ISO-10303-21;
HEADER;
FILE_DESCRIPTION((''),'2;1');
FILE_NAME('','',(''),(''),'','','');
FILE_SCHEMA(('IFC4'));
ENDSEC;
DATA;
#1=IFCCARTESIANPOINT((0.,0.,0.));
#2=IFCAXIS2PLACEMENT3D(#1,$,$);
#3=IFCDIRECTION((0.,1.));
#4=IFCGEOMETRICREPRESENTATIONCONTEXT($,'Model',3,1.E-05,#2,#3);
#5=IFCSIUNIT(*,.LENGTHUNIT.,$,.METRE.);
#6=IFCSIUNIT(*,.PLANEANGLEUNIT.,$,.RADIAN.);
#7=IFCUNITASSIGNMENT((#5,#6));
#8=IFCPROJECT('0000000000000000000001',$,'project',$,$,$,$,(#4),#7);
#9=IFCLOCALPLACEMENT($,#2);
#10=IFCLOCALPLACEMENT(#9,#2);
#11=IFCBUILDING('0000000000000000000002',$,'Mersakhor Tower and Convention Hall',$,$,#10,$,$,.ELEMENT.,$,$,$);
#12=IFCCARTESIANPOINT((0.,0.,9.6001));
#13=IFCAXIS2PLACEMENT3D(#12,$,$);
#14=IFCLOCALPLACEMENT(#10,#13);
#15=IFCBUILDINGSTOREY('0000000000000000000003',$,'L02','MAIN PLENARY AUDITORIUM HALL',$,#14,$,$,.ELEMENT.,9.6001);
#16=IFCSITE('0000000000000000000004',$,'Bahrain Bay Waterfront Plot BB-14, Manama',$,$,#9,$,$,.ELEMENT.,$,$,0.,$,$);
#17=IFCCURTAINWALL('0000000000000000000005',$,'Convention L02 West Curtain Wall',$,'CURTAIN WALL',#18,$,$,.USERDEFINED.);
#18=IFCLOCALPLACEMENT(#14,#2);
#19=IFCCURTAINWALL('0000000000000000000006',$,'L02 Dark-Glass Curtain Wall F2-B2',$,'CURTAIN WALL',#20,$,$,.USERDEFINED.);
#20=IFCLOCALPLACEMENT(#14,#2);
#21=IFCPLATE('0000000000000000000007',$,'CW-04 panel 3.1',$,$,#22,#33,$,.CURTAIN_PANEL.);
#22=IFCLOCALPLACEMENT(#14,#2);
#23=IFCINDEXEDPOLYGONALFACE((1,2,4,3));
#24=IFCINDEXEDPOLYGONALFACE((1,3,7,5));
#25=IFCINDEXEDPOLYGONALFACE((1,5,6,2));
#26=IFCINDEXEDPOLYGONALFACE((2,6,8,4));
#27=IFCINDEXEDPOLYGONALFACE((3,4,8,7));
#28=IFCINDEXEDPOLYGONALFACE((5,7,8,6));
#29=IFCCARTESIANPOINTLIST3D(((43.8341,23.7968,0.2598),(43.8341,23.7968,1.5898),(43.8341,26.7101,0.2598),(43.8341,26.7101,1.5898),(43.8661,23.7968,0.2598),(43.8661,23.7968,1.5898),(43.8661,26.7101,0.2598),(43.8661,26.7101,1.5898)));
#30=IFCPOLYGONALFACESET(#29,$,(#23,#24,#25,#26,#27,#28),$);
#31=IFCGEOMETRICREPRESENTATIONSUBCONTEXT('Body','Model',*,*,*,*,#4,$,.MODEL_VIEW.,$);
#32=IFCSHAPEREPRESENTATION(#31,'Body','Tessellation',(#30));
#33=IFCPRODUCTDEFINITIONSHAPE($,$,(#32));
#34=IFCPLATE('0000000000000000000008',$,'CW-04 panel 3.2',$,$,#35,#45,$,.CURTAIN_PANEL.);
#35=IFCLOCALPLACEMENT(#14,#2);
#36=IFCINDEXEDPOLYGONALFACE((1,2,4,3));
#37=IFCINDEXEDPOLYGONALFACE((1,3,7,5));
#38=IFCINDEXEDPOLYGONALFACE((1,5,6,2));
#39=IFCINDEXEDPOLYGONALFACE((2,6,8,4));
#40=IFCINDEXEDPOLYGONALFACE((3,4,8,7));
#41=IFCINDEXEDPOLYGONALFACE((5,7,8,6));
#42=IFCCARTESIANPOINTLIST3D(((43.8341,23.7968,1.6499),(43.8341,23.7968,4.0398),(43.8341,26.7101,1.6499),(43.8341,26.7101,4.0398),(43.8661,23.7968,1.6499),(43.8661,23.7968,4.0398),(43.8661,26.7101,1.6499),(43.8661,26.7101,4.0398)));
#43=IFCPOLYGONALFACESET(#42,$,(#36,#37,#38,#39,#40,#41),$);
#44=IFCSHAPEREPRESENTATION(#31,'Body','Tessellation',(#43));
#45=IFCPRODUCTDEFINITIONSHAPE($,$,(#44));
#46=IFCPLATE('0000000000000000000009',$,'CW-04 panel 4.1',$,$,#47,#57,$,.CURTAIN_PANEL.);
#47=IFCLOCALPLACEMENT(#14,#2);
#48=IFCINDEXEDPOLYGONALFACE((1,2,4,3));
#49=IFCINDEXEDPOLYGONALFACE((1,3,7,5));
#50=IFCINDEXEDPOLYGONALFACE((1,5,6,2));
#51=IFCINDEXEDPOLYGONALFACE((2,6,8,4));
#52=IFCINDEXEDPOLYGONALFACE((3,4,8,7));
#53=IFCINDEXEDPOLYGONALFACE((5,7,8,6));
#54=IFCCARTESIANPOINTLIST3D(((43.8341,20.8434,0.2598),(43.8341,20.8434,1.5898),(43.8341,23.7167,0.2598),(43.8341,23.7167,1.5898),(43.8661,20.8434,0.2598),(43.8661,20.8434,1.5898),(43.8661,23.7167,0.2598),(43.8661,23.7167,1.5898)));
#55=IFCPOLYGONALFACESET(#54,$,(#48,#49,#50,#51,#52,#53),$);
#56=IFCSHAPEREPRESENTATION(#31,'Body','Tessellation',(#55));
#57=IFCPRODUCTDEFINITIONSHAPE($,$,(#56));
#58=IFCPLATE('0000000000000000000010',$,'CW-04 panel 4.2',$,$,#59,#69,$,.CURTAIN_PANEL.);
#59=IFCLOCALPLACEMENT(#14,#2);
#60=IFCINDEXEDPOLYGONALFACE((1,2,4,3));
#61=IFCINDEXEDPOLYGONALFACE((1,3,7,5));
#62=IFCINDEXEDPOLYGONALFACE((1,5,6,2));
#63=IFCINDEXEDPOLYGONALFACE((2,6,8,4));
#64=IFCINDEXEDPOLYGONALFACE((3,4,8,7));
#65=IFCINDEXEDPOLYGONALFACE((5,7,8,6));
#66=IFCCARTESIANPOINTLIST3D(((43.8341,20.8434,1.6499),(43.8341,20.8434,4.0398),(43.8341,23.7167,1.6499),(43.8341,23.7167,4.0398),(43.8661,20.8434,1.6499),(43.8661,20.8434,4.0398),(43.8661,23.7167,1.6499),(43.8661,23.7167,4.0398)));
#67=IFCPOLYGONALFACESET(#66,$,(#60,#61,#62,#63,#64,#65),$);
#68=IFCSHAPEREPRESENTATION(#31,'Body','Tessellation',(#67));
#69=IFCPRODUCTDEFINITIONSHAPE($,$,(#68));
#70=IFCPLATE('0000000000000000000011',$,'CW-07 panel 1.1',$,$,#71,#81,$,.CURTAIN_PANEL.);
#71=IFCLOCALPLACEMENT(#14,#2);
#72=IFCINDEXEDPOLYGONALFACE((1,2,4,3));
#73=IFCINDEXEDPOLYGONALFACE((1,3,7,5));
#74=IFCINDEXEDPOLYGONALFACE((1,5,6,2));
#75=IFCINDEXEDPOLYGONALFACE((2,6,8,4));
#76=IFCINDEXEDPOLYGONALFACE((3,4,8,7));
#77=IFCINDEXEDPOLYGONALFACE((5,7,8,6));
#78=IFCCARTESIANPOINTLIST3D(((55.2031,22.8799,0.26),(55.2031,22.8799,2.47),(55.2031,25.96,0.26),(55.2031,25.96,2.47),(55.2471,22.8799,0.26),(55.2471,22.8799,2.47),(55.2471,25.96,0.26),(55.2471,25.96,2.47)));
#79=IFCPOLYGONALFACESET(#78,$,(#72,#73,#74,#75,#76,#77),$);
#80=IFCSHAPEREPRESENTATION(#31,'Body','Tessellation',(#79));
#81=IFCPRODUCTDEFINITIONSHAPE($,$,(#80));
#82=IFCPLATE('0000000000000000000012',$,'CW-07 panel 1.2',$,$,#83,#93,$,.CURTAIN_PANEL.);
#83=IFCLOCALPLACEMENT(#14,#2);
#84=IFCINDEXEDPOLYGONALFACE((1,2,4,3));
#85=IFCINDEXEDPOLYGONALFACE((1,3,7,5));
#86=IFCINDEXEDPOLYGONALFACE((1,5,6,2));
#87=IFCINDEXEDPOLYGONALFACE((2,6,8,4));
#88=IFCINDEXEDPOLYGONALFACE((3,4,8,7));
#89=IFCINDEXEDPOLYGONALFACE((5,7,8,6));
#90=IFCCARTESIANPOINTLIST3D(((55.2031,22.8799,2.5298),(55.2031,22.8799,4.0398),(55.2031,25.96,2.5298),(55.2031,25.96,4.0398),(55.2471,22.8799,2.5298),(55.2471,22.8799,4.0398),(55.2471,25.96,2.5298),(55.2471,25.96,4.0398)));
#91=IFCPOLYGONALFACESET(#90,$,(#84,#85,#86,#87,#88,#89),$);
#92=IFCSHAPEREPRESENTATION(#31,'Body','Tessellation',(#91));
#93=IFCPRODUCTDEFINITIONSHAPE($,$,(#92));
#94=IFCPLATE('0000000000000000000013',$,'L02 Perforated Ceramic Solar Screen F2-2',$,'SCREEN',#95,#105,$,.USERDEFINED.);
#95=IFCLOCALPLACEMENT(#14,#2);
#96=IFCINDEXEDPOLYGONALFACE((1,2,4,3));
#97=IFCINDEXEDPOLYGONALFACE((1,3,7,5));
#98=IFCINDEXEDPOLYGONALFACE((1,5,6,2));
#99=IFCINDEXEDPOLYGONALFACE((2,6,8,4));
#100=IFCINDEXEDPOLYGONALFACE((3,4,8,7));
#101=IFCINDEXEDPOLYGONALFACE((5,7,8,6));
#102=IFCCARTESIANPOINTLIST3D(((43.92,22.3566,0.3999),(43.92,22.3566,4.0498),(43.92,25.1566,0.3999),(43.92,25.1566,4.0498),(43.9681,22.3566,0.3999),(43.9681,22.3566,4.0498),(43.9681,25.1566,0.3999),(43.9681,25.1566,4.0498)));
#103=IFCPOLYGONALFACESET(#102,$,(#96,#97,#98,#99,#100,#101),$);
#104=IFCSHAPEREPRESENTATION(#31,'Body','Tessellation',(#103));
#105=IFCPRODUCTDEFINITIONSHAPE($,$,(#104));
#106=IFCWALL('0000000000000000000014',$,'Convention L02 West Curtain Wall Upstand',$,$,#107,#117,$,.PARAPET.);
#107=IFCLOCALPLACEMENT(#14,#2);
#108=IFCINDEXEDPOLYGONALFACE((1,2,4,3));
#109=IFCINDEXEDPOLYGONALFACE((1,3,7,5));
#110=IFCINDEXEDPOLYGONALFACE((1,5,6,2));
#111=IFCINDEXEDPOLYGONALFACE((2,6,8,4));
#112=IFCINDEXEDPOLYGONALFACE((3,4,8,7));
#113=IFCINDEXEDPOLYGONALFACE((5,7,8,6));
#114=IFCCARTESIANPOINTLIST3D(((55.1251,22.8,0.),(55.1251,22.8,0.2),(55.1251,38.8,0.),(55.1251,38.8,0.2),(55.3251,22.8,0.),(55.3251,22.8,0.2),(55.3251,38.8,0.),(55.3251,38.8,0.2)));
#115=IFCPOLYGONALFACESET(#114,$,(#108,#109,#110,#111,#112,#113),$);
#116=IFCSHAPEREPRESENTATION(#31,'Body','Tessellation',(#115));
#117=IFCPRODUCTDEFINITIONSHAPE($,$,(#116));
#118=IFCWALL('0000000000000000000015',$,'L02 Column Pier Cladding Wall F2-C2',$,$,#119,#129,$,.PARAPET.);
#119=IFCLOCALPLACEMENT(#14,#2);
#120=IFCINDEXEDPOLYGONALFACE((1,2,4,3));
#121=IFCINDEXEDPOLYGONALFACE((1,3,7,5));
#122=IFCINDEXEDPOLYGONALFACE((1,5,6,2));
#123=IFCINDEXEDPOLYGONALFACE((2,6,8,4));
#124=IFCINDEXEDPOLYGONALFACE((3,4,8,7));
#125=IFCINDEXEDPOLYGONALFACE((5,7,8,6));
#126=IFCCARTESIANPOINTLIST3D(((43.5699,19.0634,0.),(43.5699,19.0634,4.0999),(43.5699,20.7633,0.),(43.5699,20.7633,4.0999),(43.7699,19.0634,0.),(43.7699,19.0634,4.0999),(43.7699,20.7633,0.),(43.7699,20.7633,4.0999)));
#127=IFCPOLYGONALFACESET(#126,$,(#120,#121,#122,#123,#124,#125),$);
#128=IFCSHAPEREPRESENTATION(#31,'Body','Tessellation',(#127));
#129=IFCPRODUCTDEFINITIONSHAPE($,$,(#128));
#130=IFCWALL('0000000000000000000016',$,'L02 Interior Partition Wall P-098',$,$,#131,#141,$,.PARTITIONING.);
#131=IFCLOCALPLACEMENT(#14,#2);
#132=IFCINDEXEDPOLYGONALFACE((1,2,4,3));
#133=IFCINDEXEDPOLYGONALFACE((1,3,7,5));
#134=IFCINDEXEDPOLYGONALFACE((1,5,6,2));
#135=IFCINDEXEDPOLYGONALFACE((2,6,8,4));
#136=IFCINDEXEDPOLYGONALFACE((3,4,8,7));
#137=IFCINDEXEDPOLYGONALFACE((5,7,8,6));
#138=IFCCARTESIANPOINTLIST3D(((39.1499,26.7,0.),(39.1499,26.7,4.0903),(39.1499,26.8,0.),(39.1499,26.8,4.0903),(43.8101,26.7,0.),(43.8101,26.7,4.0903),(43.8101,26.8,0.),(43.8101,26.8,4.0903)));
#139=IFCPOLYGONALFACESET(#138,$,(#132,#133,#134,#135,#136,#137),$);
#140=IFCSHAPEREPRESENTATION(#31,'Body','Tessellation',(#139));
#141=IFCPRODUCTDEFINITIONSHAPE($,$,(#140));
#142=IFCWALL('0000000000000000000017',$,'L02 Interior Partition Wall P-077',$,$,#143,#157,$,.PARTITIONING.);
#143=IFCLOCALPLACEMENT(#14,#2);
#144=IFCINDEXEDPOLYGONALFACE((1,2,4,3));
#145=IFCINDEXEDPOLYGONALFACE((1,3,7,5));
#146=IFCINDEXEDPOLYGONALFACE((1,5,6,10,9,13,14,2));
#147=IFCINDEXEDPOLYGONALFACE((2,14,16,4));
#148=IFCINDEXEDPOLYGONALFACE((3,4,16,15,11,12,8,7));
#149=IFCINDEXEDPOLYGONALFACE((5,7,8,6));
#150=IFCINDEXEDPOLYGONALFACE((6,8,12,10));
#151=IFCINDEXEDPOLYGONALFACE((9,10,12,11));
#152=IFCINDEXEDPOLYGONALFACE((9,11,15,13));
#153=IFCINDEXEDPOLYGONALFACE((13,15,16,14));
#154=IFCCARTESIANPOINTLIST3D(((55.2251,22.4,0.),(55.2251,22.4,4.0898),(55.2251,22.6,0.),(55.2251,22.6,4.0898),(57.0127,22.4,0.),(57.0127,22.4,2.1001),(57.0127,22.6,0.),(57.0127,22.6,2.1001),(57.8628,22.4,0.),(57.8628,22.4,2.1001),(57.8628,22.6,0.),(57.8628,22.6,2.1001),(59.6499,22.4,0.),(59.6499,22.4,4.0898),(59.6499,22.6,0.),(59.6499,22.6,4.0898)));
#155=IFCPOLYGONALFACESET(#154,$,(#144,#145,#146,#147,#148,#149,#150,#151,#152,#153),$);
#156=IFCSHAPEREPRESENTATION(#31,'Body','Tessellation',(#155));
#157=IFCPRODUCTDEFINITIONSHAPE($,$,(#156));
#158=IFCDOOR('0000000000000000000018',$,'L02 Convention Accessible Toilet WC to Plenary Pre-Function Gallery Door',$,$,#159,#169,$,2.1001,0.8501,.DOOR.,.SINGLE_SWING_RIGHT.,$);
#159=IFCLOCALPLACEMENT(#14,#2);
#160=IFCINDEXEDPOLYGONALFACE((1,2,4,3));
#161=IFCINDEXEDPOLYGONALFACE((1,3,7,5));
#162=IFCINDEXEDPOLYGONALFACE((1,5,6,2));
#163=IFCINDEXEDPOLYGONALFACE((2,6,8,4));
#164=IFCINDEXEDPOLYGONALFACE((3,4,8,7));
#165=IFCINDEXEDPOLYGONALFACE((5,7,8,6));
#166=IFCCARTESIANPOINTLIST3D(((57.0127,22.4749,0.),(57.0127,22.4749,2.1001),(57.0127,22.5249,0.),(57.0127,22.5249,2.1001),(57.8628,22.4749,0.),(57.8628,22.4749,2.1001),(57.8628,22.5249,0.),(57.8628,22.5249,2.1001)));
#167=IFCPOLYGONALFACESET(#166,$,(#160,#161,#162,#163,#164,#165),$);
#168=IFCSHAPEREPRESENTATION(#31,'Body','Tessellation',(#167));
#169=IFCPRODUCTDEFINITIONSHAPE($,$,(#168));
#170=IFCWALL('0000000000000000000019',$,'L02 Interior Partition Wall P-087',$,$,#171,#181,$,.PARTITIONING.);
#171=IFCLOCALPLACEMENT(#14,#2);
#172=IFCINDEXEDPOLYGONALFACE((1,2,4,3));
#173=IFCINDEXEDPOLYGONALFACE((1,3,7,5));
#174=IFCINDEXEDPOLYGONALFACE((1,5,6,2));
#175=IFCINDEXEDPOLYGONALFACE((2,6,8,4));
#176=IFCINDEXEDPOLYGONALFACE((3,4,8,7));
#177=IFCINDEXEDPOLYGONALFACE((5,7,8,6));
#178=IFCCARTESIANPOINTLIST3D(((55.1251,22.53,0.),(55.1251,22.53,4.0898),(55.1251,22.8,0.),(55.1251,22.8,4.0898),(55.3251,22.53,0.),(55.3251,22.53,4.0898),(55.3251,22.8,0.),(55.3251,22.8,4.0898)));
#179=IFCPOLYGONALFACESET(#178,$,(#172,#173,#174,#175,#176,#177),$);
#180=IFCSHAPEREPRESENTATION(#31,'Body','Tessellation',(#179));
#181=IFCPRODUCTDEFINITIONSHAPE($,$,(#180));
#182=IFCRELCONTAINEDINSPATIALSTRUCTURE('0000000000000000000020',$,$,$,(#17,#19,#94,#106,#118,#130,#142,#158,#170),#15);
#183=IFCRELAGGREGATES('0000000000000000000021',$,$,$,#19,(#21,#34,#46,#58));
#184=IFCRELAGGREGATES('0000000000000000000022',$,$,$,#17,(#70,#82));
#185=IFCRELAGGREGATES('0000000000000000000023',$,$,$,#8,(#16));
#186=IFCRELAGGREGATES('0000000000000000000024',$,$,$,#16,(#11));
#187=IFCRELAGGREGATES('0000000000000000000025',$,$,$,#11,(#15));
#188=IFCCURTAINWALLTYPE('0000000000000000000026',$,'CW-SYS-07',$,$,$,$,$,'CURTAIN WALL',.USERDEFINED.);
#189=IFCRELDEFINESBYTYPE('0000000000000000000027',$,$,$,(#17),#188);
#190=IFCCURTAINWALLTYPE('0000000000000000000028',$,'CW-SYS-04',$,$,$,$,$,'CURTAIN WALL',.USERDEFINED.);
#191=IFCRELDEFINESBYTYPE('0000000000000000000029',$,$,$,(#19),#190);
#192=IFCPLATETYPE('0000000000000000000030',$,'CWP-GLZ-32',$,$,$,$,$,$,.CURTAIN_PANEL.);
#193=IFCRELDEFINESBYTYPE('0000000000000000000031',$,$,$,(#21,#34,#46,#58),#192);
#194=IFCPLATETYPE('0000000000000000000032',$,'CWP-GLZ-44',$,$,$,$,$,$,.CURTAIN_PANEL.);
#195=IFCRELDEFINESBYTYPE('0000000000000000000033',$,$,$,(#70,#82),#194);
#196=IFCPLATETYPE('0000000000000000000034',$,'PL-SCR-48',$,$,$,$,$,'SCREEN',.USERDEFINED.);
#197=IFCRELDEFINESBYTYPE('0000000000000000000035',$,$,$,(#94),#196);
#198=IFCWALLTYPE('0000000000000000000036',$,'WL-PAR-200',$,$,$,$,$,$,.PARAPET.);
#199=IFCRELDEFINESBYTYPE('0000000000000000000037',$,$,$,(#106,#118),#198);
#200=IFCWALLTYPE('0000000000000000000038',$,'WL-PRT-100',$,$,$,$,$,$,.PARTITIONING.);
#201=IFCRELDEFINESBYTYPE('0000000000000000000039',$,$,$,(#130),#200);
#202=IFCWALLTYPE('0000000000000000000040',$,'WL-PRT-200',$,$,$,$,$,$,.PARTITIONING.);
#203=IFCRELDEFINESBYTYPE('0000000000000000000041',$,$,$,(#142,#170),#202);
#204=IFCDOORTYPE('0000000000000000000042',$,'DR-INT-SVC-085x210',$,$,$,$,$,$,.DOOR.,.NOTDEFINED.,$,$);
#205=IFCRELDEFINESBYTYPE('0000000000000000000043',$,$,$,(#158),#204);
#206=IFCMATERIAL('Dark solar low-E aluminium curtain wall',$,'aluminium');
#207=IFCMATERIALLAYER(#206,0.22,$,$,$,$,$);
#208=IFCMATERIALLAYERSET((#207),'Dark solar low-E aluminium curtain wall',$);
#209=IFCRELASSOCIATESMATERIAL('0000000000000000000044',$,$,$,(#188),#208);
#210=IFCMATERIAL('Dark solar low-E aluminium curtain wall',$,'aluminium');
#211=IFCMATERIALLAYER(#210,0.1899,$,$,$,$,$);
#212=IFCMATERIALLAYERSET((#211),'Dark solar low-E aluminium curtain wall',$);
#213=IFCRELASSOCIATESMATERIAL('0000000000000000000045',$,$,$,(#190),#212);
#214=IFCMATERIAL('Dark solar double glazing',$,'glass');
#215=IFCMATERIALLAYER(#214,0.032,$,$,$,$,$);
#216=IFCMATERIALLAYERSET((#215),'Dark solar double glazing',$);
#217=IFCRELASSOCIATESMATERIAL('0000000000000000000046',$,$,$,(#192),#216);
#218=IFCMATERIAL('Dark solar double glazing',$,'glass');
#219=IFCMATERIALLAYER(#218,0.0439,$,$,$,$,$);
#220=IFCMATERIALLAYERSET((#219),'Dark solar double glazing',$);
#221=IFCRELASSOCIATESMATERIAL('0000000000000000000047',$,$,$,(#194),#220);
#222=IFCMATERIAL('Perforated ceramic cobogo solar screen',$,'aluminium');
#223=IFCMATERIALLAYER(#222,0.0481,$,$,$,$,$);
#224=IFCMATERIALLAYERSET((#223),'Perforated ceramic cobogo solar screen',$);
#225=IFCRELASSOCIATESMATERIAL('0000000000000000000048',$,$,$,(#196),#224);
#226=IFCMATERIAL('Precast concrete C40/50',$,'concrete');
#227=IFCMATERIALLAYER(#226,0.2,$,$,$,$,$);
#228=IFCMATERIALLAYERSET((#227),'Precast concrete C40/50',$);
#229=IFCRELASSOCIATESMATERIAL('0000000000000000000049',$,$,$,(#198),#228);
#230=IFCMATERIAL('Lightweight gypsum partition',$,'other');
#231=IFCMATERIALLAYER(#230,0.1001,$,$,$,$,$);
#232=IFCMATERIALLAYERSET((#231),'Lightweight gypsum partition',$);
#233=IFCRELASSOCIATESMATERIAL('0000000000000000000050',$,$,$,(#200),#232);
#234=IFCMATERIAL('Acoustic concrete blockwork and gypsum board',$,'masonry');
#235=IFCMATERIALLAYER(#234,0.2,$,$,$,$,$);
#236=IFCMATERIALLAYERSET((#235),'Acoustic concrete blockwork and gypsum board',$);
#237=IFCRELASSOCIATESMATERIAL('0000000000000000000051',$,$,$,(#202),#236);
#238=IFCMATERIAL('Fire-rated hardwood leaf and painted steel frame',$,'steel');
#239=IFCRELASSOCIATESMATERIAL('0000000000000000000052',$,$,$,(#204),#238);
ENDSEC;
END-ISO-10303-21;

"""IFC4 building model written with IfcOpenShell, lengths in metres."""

from ifc_helpers import new_model, si_unit, direction, frame, frame_2d, origin, origin_2d, place, context, subcontext, project, spatial, rectangle, extrude, material, layer, layer_set, type_object, element, fill, aggregate, save


model = new_model("IFC4")

# Units and contexts
model_context = context("Model", 3, precision=1e-05, world=origin(), true_north=direction((0.0, 1.0)))
body_context = subcontext(model_context, "Body", "Model", "MODEL_VIEW")
ifc_project = project(units=[si_unit("LENGTHUNIT", "METRE"), si_unit("PLANEANGLEUNIT", "RADIAN")], contexts=[model_context])

# Site, building, storey
site_placement = place(None, origin())
site = spatial("IfcSite", under=ifc_project, at=site_placement, Name="Bahrain Bay Waterfront Plot BB-14, Manama", CompositionType="ELEMENT", RefElevation=0.0)
building_placement = place(site_placement, origin())
building = spatial("IfcBuilding", under=site, at=building_placement, Name="Mersakhor Tower and Convention Hall", CompositionType="ELEMENT")
storey_placement = place(building_placement, frame((0.0, 0.0, 9.6001)))
storey = spatial("IfcBuildingStorey", under=building, at=storey_placement, Name="L02", Description="MAIN PLENARY AUDITORIUM HALL", CompositionType="ELEMENT", Elevation=9.6001)

# Curtain walls
ifc_material_1 = material(Name="Dark solar low-E aluminium curtain wall", Category="aluminium")
ifc_layer_1 = layer(ifc_material_1, 0.22)
ifc_layer_set_1 = layer_set([ifc_layer_1], Name="Dark solar low-E aluminium curtain wall")
curtain_wall_type_1 = type_object("IfcCurtainWallType", Name="CW-SYS-07", ElementType="CURTAIN WALL", PredefinedType="USERDEFINED", material=ifc_layer_set_1)
curtain_wall_1_placement = place(storey_placement, origin())
curtain_wall_1 = element("IfcCurtainWall", 1, at=curtain_wall_1_placement, inside=storey, type_object=curtain_wall_type_1, Name="Convention L02 West Curtain Wall", ObjectType="CURTAIN WALL", PredefinedType="USERDEFINED")
ifc_material_2 = material(Name="Dark solar low-E aluminium curtain wall", Category="aluminium")
ifc_layer_2 = layer(ifc_material_2, 0.1899)
ifc_layer_set_2 = layer_set([ifc_layer_2], Name="Dark solar low-E aluminium curtain wall")
curtain_wall_type_2 = type_object("IfcCurtainWallType", Name="CW-SYS-04", ElementType="CURTAIN WALL", PredefinedType="USERDEFINED", material=ifc_layer_set_2)
curtain_wall_2_placement = place(storey_placement, origin())
curtain_wall_2 = element("IfcCurtainWall", 2, at=curtain_wall_2_placement, inside=storey, type_object=curtain_wall_type_2, Name="L02 Dark-Glass Curtain Wall F2-B2", ObjectType="CURTAIN WALL", PredefinedType="USERDEFINED")

# Plates
ifc_material_3 = material(Name="Dark solar double glazing", Category="glass")
ifc_layer_3 = layer(ifc_material_3, 0.032)
ifc_layer_set_3 = layer_set([ifc_layer_3], Name="Dark solar double glazing")
plate_type_1 = type_object("IfcPlateType", Name="CWP-GLZ-32", PredefinedType="CURTAIN_PANEL", material=ifc_layer_set_3)
plate_1_placement = place(storey_placement, frame((43.8501, 25.2534, 0.2598), z_axis=(0.0, 0.0, 1.0), x_axis=(0.0, -1.0, 0.0)))
plate_1 = element("IfcPlate", 3, at=plate_1_placement, type_object=plate_type_1, Name="CW-04 panel 3.1", PredefinedType="CURTAIN_PANEL", context=body_context, shape_type="SweptSolid", body=[
    extrude(rectangle(XDim=2.9133, YDim=0.032, at=origin_2d()), origin(), (0.0, 0.0, 1.0), 1.3301),
])
plate_2_placement = place(storey_placement, frame((43.8501, 25.2534, 1.6499), z_axis=(0.0, 0.0, 1.0), x_axis=(0.0, -1.0, 0.0)))
plate_2 = element("IfcPlate", 4, at=plate_2_placement, type_object=plate_type_1, Name="CW-04 panel 3.2", PredefinedType="CURTAIN_PANEL", context=body_context, shape_type="SweptSolid", body=[
    extrude(rectangle(XDim=2.9133, YDim=0.032, at=origin_2d()), origin(), (0.0, 0.0, 1.0), 2.3899),
])
plate_3_placement = place(storey_placement, frame((43.8501, 22.28, 0.2598), z_axis=(0.0, 0.0, 1.0), x_axis=(0.0, -1.0, 0.0)))
plate_3 = element("IfcPlate", 5, at=plate_3_placement, type_object=plate_type_1, Name="CW-04 panel 4.1", PredefinedType="CURTAIN_PANEL", context=body_context, shape_type="SweptSolid", body=[
    extrude(rectangle(XDim=2.8733, YDim=0.032, at=origin_2d()), origin(), (0.0, 0.0, 1.0), 1.3301),
])
plate_4_placement = place(storey_placement, frame((43.8501, 22.28, 1.6499), z_axis=(0.0, 0.0, 1.0), x_axis=(0.0, -1.0, 0.0)))
plate_4 = element("IfcPlate", 6, at=plate_4_placement, type_object=plate_type_1, Name="CW-04 panel 4.2", PredefinedType="CURTAIN_PANEL", context=body_context, shape_type="SweptSolid", body=[
    extrude(rectangle(XDim=2.8733, YDim=0.032, at=origin_2d()), origin(), (0.0, 0.0, 1.0), 2.3899),
])
aggregate(curtain_wall_2, [plate_1, plate_2, plate_3, plate_4])
ifc_material_4 = material(Name="Dark solar double glazing", Category="glass")
ifc_layer_4 = layer(ifc_material_4, 0.0439)
ifc_layer_set_4 = layer_set([ifc_layer_4], Name="Dark solar double glazing")
plate_type_2 = type_object("IfcPlateType", Name="CWP-GLZ-44", PredefinedType="CURTAIN_PANEL", material=ifc_layer_set_4)
plate_5_placement = place(storey_placement, frame((55.2251, 24.4199, 0.26), z_axis=(0.0, 0.0, 1.0), x_axis=(0.0, 1.0, 0.0)))
plate_5 = element("IfcPlate", 7, at=plate_5_placement, type_object=plate_type_2, Name="CW-07 panel 1.1", PredefinedType="CURTAIN_PANEL", context=body_context, shape_type="SweptSolid", body=[
    extrude(rectangle(XDim=3.0801, YDim=0.0439, at=origin_2d()), origin(), (0.0, 0.0, 1.0), 2.21),
])
plate_6_placement = place(storey_placement, frame((55.2251, 24.4199, 2.5298), z_axis=(0.0, 0.0, 1.0), x_axis=(0.0, 1.0, 0.0)))
plate_6 = element("IfcPlate", 8, at=plate_6_placement, type_object=plate_type_2, Name="CW-07 panel 1.2", PredefinedType="CURTAIN_PANEL", context=body_context, shape_type="SweptSolid", body=[
    extrude(rectangle(XDim=3.0801, YDim=0.0439, at=origin_2d()), origin(), (0.0, 0.0, 1.0), 1.51),
])
aggregate(curtain_wall_1, [plate_5, plate_6])
ifc_material_5 = material(Name="Perforated ceramic cobogo solar screen", Category="aluminium")
ifc_layer_5 = layer(ifc_material_5, 0.0481)
ifc_layer_set_5 = layer_set([ifc_layer_5], Name="Perforated ceramic cobogo solar screen")
plate_type_3 = type_object("IfcPlateType", Name="PL-SCR-48", ElementType="SCREEN", PredefinedType="USERDEFINED", material=ifc_layer_set_5)
plate_7_placement = place(storey_placement, frame((43.9441, 23.7566, 0.3999), z_axis=(0.0, 0.0, 1.0), x_axis=(0.0, -1.0, 0.0)))
element("IfcPlate", 9, at=plate_7_placement, inside=storey, type_object=plate_type_3, Name="L02 Perforated Ceramic Solar Screen F2-2", ObjectType="SCREEN", PredefinedType="USERDEFINED", context=body_context, shape_type="SweptSolid", body=[
    extrude(rectangle(XDim=2.8, YDim=0.0481, at=origin_2d()), origin(), (0.0, 0.0, 1.0), 3.6499),
])

# Walls
ifc_material_6 = material(Name="Precast concrete C40/50", Category="concrete")
ifc_layer_6 = layer(ifc_material_6, 0.2)
ifc_layer_set_6 = layer_set([ifc_layer_6], Name="Precast concrete C40/50")
wall_type_1 = type_object("IfcWallType", Name="WL-PAR-200", PredefinedType="PARAPET", material=ifc_layer_set_6)
wall_1_placement = place(storey_placement, frame((55.2251, 22.8, 0.0), z_axis=(0.0, 0.0, 1.0), x_axis=(0.0, 1.0, 0.0)))
element("IfcWall", 10, at=wall_1_placement, inside=storey, type_object=wall_type_1, Name="Convention L02 West Curtain Wall Upstand", PredefinedType="PARAPET", context=body_context, shape_type="SweptSolid", body=[
    extrude(rectangle(XDim=16.0, YDim=0.2, at=frame_2d((8.0, 0.0))), origin(), (0.0, 0.0, 1.0), 0.2),
])
wall_2_placement = place(storey_placement, frame((43.6699, 20.7634, 0.0), z_axis=(0.0, 0.0, 1.0), x_axis=(0.0, -1.0, 0.0)))
element("IfcWall", 11, at=wall_2_placement, inside=storey, type_object=wall_type_1, Name="L02 Column Pier Cladding Wall F2-C2", PredefinedType="PARAPET", context=body_context, shape_type="SweptSolid", body=[
    extrude(rectangle(XDim=1.7, YDim=0.2, at=frame_2d((0.8501, 0.0))), origin(), (0.0, 0.0, 1.0), 4.0999),
])
ifc_material_7 = material(Name="Lightweight gypsum partition", Category="other")
ifc_layer_7 = layer(ifc_material_7, 0.1001)
ifc_layer_set_7 = layer_set([ifc_layer_7], Name="Lightweight gypsum partition")
wall_type_2 = type_object("IfcWallType", Name="WL-PRT-100", PredefinedType="PARTITIONING", material=ifc_layer_set_7)
wall_3_placement = place(storey_placement, frame((43.8101, 26.75, 0.0), z_axis=(0.0, 0.0, 1.0), x_axis=(-1.0, 0.0, 0.0)))
element("IfcWall", 12, at=wall_3_placement, inside=storey, type_object=wall_type_2, Name="L02 Interior Partition Wall P-098", PredefinedType="PARTITIONING", context=body_context, shape_type="SweptSolid", body=[
    extrude(rectangle(XDim=4.6602, YDim=0.1001, at=frame_2d((2.3301, 0.0))), origin(), (0.0, 0.0, 1.0), 4.0903),
])

# Wall, opening, door
ifc_material_8 = material(Name="Acoustic concrete blockwork and gypsum board", Category="masonry")
ifc_layer_8 = layer(ifc_material_8, 0.2)
ifc_layer_set_8 = layer_set([ifc_layer_8], Name="Acoustic concrete blockwork and gypsum board")
wall_type_3 = type_object("IfcWallType", Name="WL-PRT-200", PredefinedType="PARTITIONING", material=ifc_layer_set_8)
wall_4_placement = place(storey_placement, frame((55.2251, 22.5, 0.0), z_axis=(0.0, 0.0, 1.0), x_axis=(1.0, 0.0, 0.0)))
wall_4 = element("IfcWall", 13, at=wall_4_placement, inside=storey, type_object=wall_type_3, Name="L02 Interior Partition Wall P-077", PredefinedType="PARTITIONING", context=body_context, shape_type="SweptSolid", body=[
    extrude(rectangle(XDim=4.4248, YDim=0.2, at=frame_2d((2.2124, 0.0))), origin(), (0.0, 0.0, 1.0), 4.0898),
])
opening_placement = place(wall_4_placement, frame((1.7876, 0.0, 0.0)))
opening = element("IfcOpeningElement", 14, at=opening_placement, cuts=wall_4, PredefinedType="OPENING", context=body_context, shape_type="SweptSolid", body=[
    extrude(rectangle(XDim=0.8501, YDim=2.1001, at=frame_2d((0.425, 1.05))), frame((0.0, 0.1099, 0.0), z_axis=(0.0, -1.0, 0.0), x_axis=(1.0, 0.0, 0.0)), (0.0, 0.0, 1.0), 0.22),
])
ifc_material_9 = material(Name="Fire-rated hardwood leaf and painted steel frame", Category="steel")
door_type = type_object("IfcDoorType", Name="DR-INT-SVC-085x210", OperationType="NOTDEFINED", PredefinedType="DOOR", material=ifc_material_9)
door_placement = place(opening_placement, origin())
door = element("IfcDoor", 15, at=door_placement, inside=storey, type_object=door_type, Name="L02 Convention Accessible Toilet WC to Plenary Pre-Function Gallery Door", OperationType="SINGLE_SWING_RIGHT", OverallHeight=2.1001, OverallWidth=0.8501, PredefinedType="DOOR", context=body_context, shape_type="SweptSolid", body=[
    extrude(rectangle(XDim=0.8501, YDim=2.1001, at=frame_2d((0.425, 1.05))), frame((0.0, 0.0249, 0.0), z_axis=(0.0, -1.0, 0.0), x_axis=(1.0, 0.0, 0.0)), (0.0, 0.0, 1.0), 0.05),
])
fill(opening, door)

# Wall
wall_5_placement = place(storey_placement, frame((55.2251, 22.53, 0.0), z_axis=(0.0, 0.0, 1.0), x_axis=(0.0, 1.0, 0.0)))
element("IfcWall", 16, at=wall_5_placement, inside=storey, type_object=wall_type_3, Name="L02 Interior Partition Wall P-087", PredefinedType="PARTITIONING", context=body_context, shape_type="SweptSolid", body=[
    extrude(rectangle(XDim=0.27, YDim=0.2, at=frame_2d((0.135, 0.0))), origin(), (0.0, 0.0, 1.0), 4.0898),
])

save(model, "model.ifc")
